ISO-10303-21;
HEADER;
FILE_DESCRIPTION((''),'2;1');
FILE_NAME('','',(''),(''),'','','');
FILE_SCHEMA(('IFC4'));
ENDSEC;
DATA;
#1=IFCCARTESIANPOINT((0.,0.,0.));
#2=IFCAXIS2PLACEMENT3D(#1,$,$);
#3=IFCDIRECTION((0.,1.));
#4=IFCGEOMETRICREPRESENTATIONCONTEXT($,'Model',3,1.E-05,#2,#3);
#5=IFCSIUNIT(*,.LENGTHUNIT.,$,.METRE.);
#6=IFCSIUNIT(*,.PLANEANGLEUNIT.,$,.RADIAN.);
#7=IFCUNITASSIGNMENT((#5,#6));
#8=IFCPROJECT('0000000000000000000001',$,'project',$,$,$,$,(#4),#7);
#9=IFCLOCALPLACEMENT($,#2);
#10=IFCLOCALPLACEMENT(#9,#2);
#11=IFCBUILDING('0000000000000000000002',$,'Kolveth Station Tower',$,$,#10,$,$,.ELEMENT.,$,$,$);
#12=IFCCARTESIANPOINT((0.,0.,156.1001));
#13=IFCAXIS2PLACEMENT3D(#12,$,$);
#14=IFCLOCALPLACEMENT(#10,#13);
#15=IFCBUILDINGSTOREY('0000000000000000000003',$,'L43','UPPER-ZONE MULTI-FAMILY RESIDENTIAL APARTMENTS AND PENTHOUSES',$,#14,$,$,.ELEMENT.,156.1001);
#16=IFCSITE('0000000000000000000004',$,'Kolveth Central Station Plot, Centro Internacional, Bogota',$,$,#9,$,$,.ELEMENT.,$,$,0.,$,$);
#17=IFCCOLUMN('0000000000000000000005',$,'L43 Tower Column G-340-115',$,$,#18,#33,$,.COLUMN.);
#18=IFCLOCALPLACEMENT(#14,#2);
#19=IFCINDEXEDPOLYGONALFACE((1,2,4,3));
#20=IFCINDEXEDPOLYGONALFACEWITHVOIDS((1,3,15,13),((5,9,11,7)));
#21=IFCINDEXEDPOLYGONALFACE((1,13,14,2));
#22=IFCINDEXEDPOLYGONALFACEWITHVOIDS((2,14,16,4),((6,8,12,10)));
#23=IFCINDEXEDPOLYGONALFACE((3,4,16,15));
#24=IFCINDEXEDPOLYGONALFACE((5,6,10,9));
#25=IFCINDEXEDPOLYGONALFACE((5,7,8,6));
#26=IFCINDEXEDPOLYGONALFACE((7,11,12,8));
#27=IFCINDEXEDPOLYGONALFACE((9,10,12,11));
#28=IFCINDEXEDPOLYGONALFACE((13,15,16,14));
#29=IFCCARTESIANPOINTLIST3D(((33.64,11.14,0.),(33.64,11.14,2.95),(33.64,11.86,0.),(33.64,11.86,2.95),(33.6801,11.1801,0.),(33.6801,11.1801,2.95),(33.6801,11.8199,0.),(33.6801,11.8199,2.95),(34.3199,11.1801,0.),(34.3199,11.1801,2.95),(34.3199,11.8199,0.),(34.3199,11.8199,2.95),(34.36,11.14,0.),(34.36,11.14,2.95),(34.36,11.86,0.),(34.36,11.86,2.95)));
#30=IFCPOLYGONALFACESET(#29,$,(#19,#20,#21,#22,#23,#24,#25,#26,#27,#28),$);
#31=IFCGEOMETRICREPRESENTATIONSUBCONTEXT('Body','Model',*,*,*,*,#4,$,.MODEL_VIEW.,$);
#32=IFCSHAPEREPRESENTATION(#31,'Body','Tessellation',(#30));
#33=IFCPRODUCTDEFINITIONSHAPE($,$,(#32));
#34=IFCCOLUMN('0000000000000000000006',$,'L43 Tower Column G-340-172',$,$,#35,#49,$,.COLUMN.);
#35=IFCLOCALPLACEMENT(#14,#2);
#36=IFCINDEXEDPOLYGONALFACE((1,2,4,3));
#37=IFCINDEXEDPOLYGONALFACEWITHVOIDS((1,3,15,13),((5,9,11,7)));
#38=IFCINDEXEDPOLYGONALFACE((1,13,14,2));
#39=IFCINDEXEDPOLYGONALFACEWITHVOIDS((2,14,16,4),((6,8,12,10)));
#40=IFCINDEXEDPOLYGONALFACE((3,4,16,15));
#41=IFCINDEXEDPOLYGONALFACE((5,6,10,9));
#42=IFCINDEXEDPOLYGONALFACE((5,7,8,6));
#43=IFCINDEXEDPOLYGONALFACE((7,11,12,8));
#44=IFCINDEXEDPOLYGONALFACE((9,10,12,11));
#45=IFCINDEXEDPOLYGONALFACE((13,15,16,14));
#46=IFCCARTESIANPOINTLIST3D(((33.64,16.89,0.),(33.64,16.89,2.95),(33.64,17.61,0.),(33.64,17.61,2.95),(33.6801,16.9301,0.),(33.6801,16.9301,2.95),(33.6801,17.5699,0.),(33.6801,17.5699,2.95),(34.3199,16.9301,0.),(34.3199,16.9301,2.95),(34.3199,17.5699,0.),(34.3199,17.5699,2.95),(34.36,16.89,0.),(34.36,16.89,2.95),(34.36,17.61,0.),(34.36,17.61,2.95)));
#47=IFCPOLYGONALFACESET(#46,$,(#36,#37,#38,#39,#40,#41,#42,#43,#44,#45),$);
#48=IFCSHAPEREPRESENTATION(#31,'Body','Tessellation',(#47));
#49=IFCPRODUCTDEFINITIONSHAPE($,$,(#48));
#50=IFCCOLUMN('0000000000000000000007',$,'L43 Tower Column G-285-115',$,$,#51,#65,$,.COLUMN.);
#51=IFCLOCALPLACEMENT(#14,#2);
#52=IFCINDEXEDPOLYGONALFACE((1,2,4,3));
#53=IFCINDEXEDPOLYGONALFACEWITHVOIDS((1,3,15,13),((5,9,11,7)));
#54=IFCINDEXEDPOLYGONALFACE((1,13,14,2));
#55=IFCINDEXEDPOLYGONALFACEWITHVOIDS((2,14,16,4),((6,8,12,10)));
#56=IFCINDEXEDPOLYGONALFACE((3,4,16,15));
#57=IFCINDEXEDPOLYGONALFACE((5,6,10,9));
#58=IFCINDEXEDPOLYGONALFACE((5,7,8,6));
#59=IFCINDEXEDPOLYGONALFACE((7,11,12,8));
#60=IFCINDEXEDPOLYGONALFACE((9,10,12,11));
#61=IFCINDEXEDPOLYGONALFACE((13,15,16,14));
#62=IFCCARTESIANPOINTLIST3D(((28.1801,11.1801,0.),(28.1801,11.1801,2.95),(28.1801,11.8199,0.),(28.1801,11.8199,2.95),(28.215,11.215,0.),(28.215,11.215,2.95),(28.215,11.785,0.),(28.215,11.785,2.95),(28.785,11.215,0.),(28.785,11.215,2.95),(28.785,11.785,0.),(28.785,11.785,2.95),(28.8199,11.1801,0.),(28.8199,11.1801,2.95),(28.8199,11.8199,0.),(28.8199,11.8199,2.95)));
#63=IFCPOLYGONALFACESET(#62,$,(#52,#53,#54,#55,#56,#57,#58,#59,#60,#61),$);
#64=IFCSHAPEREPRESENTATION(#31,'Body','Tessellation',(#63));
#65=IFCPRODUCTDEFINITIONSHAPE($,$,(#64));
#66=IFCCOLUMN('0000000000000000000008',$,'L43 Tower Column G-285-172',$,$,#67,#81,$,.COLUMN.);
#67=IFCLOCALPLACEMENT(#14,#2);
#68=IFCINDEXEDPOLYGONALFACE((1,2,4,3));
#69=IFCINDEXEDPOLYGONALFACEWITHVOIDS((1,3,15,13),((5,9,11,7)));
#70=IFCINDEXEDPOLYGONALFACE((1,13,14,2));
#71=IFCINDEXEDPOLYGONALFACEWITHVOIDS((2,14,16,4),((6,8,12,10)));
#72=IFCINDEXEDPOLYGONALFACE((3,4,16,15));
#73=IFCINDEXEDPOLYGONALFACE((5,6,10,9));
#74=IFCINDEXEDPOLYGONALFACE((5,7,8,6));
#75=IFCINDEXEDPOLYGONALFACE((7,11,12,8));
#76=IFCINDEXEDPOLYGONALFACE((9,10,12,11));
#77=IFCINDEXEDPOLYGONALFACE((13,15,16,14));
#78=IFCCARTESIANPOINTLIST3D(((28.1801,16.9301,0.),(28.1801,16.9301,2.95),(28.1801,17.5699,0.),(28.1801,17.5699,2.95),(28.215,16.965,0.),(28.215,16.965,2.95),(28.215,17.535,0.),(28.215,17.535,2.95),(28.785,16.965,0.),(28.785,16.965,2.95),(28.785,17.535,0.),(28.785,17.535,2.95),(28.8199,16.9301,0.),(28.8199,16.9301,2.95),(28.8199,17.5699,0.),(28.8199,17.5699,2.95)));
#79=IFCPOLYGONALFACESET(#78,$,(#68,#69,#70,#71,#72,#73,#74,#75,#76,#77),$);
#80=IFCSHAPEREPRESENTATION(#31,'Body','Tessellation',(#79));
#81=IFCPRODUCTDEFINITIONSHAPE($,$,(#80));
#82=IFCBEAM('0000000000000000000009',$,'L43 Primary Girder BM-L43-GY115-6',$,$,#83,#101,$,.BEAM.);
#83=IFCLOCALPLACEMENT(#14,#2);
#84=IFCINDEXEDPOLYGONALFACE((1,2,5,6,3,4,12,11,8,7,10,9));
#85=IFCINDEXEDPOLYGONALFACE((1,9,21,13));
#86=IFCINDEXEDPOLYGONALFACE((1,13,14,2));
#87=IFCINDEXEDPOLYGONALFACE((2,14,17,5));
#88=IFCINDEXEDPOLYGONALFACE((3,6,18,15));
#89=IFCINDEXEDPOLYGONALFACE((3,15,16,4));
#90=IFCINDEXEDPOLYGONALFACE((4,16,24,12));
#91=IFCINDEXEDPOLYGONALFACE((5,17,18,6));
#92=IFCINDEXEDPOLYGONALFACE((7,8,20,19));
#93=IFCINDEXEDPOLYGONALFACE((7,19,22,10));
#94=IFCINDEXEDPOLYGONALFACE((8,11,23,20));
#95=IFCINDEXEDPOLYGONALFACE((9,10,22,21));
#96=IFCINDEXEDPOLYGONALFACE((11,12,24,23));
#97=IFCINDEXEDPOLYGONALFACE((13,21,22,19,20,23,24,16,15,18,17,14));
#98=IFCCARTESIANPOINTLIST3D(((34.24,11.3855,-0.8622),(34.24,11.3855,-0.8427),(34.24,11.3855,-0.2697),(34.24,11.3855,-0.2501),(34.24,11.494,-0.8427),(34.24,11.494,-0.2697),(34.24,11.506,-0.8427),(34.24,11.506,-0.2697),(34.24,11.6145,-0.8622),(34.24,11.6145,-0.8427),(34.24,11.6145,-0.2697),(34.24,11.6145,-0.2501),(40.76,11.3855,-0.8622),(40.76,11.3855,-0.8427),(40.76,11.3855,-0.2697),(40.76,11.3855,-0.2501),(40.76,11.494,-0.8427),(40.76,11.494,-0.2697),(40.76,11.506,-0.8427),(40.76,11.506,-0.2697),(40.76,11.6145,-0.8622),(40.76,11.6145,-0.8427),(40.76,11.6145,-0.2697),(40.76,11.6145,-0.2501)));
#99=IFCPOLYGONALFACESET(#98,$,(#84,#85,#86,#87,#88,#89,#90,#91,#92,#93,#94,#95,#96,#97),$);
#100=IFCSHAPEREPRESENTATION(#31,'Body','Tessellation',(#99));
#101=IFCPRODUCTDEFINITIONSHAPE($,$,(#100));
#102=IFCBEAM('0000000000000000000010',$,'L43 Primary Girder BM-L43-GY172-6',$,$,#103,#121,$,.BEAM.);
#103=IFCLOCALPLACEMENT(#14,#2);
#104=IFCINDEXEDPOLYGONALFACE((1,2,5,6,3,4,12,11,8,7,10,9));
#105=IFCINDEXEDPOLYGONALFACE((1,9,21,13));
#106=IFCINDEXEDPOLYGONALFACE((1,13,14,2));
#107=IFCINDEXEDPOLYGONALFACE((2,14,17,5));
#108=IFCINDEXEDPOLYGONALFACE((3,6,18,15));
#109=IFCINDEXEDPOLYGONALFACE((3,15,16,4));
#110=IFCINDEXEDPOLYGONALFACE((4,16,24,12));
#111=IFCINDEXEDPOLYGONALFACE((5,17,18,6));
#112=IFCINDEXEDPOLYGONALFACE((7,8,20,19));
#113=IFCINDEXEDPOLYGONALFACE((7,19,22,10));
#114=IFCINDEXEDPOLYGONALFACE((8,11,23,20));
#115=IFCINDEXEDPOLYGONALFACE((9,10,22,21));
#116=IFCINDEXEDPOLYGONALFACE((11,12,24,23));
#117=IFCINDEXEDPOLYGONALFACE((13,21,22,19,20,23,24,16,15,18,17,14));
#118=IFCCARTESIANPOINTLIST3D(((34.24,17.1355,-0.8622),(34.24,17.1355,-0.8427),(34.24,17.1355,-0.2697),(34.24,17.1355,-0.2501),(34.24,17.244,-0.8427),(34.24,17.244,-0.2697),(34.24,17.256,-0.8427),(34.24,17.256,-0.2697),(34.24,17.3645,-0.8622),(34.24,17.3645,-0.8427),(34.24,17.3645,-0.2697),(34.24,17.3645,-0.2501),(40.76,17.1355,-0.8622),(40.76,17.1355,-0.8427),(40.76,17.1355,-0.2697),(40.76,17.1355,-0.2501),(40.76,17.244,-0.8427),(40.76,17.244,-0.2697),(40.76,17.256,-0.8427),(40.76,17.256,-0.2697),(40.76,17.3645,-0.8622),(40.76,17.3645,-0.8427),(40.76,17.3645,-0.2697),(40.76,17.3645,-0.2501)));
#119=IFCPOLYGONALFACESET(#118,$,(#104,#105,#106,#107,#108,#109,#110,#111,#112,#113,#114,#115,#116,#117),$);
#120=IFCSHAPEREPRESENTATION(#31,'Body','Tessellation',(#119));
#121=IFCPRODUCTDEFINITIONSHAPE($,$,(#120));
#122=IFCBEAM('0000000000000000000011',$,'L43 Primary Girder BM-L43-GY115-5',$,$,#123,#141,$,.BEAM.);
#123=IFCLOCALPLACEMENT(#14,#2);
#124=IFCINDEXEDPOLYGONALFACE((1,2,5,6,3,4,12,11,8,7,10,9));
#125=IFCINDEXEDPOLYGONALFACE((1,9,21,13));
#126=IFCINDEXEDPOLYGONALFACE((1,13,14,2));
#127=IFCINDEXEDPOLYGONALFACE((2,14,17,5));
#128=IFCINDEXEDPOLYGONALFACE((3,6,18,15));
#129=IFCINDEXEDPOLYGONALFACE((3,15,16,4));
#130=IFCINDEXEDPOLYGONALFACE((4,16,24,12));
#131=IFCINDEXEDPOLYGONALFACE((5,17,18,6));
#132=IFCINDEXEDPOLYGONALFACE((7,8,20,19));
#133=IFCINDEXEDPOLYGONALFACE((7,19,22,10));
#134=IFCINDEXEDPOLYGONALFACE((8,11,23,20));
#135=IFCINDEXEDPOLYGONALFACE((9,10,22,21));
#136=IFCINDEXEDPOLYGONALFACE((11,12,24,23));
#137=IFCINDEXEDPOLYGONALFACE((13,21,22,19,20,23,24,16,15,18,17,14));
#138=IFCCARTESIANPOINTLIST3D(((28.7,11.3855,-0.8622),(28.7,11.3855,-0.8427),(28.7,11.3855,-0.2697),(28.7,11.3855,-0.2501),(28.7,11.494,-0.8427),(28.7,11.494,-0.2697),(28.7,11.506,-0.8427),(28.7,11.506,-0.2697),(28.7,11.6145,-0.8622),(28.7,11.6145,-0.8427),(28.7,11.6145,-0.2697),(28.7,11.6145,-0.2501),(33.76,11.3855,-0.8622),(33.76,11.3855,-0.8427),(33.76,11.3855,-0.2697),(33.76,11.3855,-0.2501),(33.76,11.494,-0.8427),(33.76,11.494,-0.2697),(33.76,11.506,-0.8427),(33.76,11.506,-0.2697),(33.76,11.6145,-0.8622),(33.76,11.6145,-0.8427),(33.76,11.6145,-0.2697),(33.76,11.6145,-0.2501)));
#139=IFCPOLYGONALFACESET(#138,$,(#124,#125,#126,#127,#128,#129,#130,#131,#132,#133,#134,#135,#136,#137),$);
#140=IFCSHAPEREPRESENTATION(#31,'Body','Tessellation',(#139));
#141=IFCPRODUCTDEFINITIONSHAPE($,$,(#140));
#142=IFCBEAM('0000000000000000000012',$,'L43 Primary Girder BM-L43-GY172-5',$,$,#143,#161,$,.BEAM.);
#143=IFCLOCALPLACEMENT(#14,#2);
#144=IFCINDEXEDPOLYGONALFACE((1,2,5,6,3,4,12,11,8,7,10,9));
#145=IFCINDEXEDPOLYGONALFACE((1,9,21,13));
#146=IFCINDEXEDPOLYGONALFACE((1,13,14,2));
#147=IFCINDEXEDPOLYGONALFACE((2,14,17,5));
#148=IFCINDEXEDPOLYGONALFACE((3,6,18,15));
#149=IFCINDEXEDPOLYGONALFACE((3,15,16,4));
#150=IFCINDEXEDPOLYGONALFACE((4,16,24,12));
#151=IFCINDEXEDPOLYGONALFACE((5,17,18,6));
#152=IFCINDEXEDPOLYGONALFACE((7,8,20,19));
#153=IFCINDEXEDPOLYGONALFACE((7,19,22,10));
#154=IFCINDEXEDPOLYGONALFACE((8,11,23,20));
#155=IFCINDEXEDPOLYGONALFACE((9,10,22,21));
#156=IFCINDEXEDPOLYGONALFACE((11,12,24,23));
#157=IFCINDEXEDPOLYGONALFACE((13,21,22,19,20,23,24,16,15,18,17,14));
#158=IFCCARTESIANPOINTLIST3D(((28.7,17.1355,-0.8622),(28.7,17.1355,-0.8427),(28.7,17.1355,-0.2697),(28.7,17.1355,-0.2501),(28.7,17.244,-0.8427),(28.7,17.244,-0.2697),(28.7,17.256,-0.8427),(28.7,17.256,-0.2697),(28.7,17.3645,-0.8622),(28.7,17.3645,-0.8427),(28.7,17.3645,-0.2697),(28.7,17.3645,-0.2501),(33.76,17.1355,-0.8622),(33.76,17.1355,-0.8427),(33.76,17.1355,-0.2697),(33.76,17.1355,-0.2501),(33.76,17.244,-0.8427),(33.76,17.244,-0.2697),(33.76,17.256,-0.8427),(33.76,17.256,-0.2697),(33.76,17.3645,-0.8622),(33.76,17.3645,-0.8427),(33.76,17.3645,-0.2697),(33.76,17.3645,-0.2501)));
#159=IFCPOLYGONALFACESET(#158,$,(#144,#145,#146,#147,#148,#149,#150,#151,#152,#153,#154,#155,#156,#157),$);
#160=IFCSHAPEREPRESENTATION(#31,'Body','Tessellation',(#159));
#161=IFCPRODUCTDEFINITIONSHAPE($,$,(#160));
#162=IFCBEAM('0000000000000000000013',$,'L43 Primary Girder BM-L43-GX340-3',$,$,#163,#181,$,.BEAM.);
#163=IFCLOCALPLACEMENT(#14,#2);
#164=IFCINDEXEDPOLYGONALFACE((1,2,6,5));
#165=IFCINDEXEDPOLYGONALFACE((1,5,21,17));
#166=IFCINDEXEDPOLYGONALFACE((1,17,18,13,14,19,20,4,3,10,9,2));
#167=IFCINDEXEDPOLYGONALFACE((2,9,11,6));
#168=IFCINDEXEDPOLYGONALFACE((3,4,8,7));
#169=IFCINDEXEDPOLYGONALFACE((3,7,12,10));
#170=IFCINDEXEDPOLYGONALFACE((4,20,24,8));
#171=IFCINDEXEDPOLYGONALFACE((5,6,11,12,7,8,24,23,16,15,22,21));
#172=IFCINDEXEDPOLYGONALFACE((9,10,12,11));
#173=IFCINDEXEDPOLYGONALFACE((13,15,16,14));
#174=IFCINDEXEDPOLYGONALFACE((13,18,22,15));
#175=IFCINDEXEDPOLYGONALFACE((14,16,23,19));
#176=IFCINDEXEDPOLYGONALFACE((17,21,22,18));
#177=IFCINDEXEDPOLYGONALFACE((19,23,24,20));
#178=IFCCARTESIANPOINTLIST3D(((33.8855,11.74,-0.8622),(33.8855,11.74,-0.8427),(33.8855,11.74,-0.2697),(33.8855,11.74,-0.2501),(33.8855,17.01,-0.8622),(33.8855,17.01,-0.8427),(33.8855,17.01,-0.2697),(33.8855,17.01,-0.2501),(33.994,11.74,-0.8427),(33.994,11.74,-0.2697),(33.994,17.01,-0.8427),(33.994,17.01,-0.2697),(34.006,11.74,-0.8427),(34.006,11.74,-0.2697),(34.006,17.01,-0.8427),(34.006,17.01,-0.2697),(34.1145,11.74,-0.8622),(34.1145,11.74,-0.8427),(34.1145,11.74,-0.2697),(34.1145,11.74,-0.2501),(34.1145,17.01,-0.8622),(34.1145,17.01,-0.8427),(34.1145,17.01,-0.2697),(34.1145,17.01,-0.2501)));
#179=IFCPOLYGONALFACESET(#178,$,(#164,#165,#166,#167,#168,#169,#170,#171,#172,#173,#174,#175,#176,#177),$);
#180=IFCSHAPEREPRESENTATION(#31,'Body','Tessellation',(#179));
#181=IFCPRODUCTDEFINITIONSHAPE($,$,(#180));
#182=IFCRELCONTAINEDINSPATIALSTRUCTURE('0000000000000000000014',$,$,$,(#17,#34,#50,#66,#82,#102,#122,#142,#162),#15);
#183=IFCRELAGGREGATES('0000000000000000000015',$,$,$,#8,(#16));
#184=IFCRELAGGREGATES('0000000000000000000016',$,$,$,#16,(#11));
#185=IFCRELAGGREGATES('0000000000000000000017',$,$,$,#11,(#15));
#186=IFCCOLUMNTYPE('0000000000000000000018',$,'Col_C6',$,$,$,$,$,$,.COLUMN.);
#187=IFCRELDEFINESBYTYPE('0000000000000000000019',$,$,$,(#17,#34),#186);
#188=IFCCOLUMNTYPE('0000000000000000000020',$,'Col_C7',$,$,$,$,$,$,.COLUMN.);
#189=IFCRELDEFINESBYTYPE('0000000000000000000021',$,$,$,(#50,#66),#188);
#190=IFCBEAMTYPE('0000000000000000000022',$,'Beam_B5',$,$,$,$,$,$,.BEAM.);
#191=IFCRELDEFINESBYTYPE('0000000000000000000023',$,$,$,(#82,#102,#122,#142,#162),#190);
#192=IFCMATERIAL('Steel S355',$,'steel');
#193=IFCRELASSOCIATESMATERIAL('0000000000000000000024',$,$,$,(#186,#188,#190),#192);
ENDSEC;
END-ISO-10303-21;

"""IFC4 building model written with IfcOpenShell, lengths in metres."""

from ifc_helpers import new_model, si_unit, direction, frame, origin, origin_2d, place, context, subcontext, project, spatial, hollow_rectangle, i_section, extrude, source, transform, mapped, material, material_profile, profile_set, type_object, element, save


model = new_model("IFC4")

# Units and contexts
model_context = context("Model", 3, precision=1e-05, world=origin(), true_north=direction((0.0, 1.0)))
body_context = subcontext(model_context, "Body", "Model", "MODEL_VIEW")
ifc_project = project(units=[si_unit("LENGTHUNIT", "METRE"), si_unit("PLANEANGLEUNIT", "RADIAN")], contexts=[model_context])

# Site, building, storey
site_placement = place(None, origin())
site = spatial("IfcSite", under=ifc_project, at=site_placement, Name="Kolveth Central Station Plot, Centro Internacional, Bogota", CompositionType="ELEMENT", RefElevation=0.0)
building_placement = place(site_placement, origin())
building = spatial("IfcBuilding", under=site, at=building_placement, Name="Kolveth Station Tower", CompositionType="ELEMENT")
storey_placement = place(building_placement, frame((0.0, 0.0, 156.1001)))
storey = spatial("IfcBuildingStorey", under=building, at=storey_placement, Name="L43", Description="UPPER-ZONE MULTI-FAMILY RESIDENTIAL APARTMENTS AND PENTHOUSES", CompositionType="ELEMENT", Elevation=156.1001)

# Columns
ifc_material_1 = material(Name="Steel S355", Category="steel")
ifc_material_profile_1 = material_profile(ifc_material_1, hollow_rectangle(XDim=0.72, YDim=0.72, WallThickness=0.04, at=origin_2d()), Name="BOX720x720x40")
ifc_profile_set_1 = profile_set([ifc_material_profile_1], Name="Steel S355")
column_type_1 = type_object("IfcColumnType", Name="Col_C6", PredefinedType="COLUMN", material=ifc_profile_set_1)
shared_shape_1 = source(origin(), body_context, "Body", "SweptSolid", [
    extrude(hollow_rectangle(XDim=0.72, YDim=0.72, WallThickness=0.04, at=origin_2d()), origin(), (0.0, 0.0, 1.0), 2.95),
])
for number, where, z_axis, x_axis, name in (
    (1, (34.0, 11.5, 0.0), (0.0, 0.0, 1.0), (1.0, 0.0, 0.0), "L43 Tower Column G-340-115"),
    (2, (34.0, 17.25, 0.0), (0.0, 0.0, 1.0), (1.0, 0.0, 0.0), "L43 Tower Column G-340-172"),
):
    element("IfcColumn", number, at=place(storey_placement, frame(where, z_axis=z_axis, x_axis=x_axis)), inside=storey, type_object=column_type_1, Name=name, PredefinedType="COLUMN", context=body_context, shape_type="MappedRepresentation", body=[
        mapped(shared_shape_1, transform((0.0, 0.0, 0.0), x_axis=(1.0, 0.0, 0.0), y_axis=(0.0, 1.0, 0.0), z_axis=(0.0, 0.0, 1.0), scale=1.0)),
    ])
ifc_material_profile_2 = material_profile(ifc_material_1, hollow_rectangle(XDim=0.6399, YDim=0.6399, WallThickness=0.0349, at=origin_2d()), Name="BOX640x640x35")
ifc_profile_set_2 = profile_set([ifc_material_profile_2], Name="Steel S355")
column_type_2 = type_object("IfcColumnType", Name="Col_C7", PredefinedType="COLUMN", material=ifc_profile_set_2)
shared_shape_2 = source(origin(), body_context, "Body", "SweptSolid", [
    extrude(hollow_rectangle(XDim=0.6399, YDim=0.6399, WallThickness=0.0349, at=origin_2d()), origin(), (0.0, 0.0, 1.0), 2.95),
])
for number, where, z_axis, x_axis, name in (
    (3, (28.5, 11.5, 0.0), (0.0, 0.0, 1.0), (1.0, 0.0, 0.0), "L43 Tower Column G-285-115"),
    (4, (28.5, 17.25, 0.0), (0.0, 0.0, 1.0), (1.0, 0.0, 0.0), "L43 Tower Column G-285-172"),
):
    element("IfcColumn", number, at=place(storey_placement, frame(where, z_axis=z_axis, x_axis=x_axis)), inside=storey, type_object=column_type_2, Name=name, PredefinedType="COLUMN", context=body_context, shape_type="MappedRepresentation", body=[
        mapped(shared_shape_2, transform((0.0, 0.0, 0.0), x_axis=(1.0, 0.0, 0.0), y_axis=(0.0, 1.0, 0.0), z_axis=(0.0, 0.0, 1.0), scale=1.0)),
    ])

# Beams
ifc_material_profile_3 = material_profile(ifc_material_1, i_section(OverallWidth=0.229, OverallDepth=0.6121, WebThickness=0.012, FlangeThickness=0.0195, at=origin_2d()), Name="W610x125")
ifc_profile_set_3 = profile_set([ifc_material_profile_3], Name="Steel S355")
beam_type_1 = type_object("IfcBeamType", Name="Beam_B5", PredefinedType="BEAM", material=ifc_profile_set_3)
shared_shape_3 = source(origin(), body_context, "Body", "SweptSolid", [
    extrude(i_section(OverallWidth=0.229, OverallDepth=0.6121, WebThickness=0.012, FlangeThickness=0.0195, at=origin_2d()), origin(), (0.0, 0.0, 1.0), 6.52),
])
for number, where, z_axis, x_axis, name in (
    (5, (34.24, 11.5, -0.5562), (1.0, 0.0, 0.0), (0.0, 1.0, 0.0), "L43 Primary Girder BM-L43-GY115-6"),
    (6, (34.24, 17.25, -0.5562), (1.0, 0.0, 0.0), (0.0, 1.0, 0.0), "L43 Primary Girder BM-L43-GY172-6"),
):
    element("IfcBeam", number, at=place(storey_placement, frame(where, z_axis=z_axis, x_axis=x_axis)), inside=storey, type_object=beam_type_1, Name=name, PredefinedType="BEAM", context=body_context, shape_type="MappedRepresentation", body=[
        mapped(shared_shape_3, transform((0.0, 0.0, 0.0), x_axis=(1.0, 0.0, 0.0), y_axis=(0.0, 1.0, 0.0), z_axis=(0.0, 0.0, 1.0), scale=1.0)),
    ])
shared_shape_4 = source(origin(), body_context, "Body", "SweptSolid", [
    extrude(i_section(OverallWidth=0.229, OverallDepth=0.6121, WebThickness=0.012, FlangeThickness=0.0195, at=origin_2d()), origin(), (0.0, 0.0, 1.0), 5.0601),
])
for number, where, z_axis, x_axis, name in (
    (7, (28.7, 11.5, -0.5562), (1.0, 0.0, 0.0), (0.0, 1.0, 0.0), "L43 Primary Girder BM-L43-GY115-5"),
    (8, (28.7, 17.25, -0.5562), (1.0, 0.0, 0.0), (0.0, 1.0, 0.0), "L43 Primary Girder BM-L43-GY172-5"),
):
    element("IfcBeam", number, at=place(storey_placement, frame(where, z_axis=z_axis, x_axis=x_axis)), inside=storey, type_object=beam_type_1, Name=name, PredefinedType="BEAM", context=body_context, shape_type="MappedRepresentation", body=[
        mapped(shared_shape_4, transform((0.0, 0.0, 0.0), x_axis=(1.0, 0.0, 0.0), y_axis=(0.0, 1.0, 0.0), z_axis=(0.0, 0.0, 1.0), scale=1.0)),
    ])
shared_shape_5 = source(origin(), body_context, "Body", "SweptSolid", [
    extrude(i_section(OverallWidth=0.229, OverallDepth=0.6121, WebThickness=0.012, FlangeThickness=0.0195, at=origin_2d()), origin(), (0.0, 0.0, 1.0), 5.27),
])
beam_placement = place(storey_placement, frame((34.0, 11.74, -0.5562), z_axis=(0.0, 1.0, 0.0), x_axis=(-1.0, 0.0, 0.0)))
element("IfcBeam", 9, at=beam_placement, inside=storey, type_object=beam_type_1, Name="L43 Primary Girder BM-L43-GX340-3", PredefinedType="BEAM", context=body_context, shape_type="MappedRepresentation", body=[
    mapped(shared_shape_5, transform((0.0, 0.0, 0.0), x_axis=(1.0, 0.0, 0.0), y_axis=(0.0, 1.0, 0.0), z_axis=(0.0, 0.0, 1.0), scale=1.0)),
])

save(model, "model.ifc")
